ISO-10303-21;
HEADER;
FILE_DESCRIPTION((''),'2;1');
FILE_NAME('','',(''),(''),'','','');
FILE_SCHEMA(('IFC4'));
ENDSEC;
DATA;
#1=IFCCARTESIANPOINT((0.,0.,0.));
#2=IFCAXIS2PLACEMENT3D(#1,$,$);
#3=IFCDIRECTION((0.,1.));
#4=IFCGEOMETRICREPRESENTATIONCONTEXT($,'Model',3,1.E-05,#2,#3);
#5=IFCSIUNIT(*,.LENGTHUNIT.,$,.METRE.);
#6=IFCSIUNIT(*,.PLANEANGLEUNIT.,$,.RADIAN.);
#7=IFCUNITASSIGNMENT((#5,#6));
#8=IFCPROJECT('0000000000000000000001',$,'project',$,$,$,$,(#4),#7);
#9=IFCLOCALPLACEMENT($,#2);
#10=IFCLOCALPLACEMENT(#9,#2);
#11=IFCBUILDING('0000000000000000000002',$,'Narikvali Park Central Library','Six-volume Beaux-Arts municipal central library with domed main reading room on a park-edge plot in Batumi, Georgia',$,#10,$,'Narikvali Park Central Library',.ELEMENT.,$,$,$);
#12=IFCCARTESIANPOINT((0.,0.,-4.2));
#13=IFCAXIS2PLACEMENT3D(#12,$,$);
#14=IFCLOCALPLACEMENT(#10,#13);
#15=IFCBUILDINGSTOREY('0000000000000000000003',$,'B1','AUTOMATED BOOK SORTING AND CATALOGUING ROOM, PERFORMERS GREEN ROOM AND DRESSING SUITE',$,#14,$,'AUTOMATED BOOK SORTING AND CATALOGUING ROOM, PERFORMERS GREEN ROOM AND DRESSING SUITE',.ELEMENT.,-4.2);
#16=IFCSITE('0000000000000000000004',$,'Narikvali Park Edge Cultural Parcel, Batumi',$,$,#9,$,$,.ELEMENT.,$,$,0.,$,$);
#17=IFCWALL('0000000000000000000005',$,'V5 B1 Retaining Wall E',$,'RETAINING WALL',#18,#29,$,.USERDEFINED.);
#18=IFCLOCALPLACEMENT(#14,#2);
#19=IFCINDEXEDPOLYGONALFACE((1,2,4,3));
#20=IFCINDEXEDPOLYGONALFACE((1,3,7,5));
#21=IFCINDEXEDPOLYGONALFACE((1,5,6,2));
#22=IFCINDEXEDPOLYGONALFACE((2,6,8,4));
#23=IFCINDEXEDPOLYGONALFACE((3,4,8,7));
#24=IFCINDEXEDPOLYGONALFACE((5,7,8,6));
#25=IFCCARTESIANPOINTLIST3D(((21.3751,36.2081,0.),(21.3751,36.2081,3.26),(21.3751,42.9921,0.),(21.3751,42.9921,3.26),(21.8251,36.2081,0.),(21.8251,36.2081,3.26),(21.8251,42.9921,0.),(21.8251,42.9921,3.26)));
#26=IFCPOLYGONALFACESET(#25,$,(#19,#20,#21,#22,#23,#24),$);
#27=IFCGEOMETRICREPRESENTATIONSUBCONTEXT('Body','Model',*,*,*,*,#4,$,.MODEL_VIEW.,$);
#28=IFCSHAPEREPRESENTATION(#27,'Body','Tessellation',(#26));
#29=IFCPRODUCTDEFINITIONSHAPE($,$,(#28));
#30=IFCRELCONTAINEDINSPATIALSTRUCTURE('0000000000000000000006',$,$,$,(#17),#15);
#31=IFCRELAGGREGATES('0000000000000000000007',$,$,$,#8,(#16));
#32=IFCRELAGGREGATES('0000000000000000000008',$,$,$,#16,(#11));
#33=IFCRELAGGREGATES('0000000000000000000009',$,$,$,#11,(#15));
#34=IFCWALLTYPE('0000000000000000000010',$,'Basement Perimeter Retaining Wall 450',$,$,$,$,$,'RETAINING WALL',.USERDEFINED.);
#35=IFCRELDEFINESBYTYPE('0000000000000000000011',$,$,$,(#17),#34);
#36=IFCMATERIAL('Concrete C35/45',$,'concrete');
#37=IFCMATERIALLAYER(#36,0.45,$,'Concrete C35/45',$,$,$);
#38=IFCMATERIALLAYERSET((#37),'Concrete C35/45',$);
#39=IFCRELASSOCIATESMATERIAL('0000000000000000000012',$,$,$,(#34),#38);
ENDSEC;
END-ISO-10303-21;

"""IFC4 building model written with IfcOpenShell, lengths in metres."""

from ifc_helpers import new_model, si_unit, direction, frame, frame_2d, origin, place, context, subcontext, project, spatial, rectangle, extrude, material, layer, layer_set, type_object, element, save


model = new_model("IFC4")

# Units and contexts
model_context = context("Model", 3, precision=1e-05, world=origin(), true_north=direction((0.0, 1.0)))
body_context = subcontext(model_context, "Body", "Model", "MODEL_VIEW")
ifc_project = project(units=[si_unit("LENGTHUNIT", "METRE"), si_unit("PLANEANGLEUNIT", "RADIAN")], contexts=[model_context])

# Site, building, storey
site_placement = place(None, origin())
site = spatial("IfcSite", under=ifc_project, at=site_placement, Name="Narikvali Park Edge Cultural Parcel, Batumi", CompositionType="ELEMENT", RefElevation=0.0)
building_placement = place(site_placement, origin())
building = spatial("IfcBuilding", under=site, at=building_placement, Name="Narikvali Park Central Library", Description="Six-volume Beaux-Arts municipal central library with domed main reading room on a park-edge plot in Batumi, Georgia", LongName="Narikvali Park Central Library", CompositionType="ELEMENT")
storey_placement = place(building_placement, frame((0.0, 0.0, -4.2)))
storey = spatial("IfcBuildingStorey", under=building, at=storey_placement, Name="B1", Description="AUTOMATED BOOK SORTING AND CATALOGUING ROOM, PERFORMERS GREEN ROOM AND DRESSING SUITE", LongName="AUTOMATED BOOK SORTING AND CATALOGUING ROOM, PERFORMERS GREEN ROOM AND DRESSING SUITE", CompositionType="ELEMENT", Elevation=-4.2)

# Shared definitions
ifc_material_1 = material(Name="Concrete C35/45", Category="concrete")

# Wall
ifc_layer_1 = layer(ifc_material_1, 0.45, Name="Concrete C35/45")
ifc_layer_set_1 = layer_set([ifc_layer_1], Name="Concrete C35/45")
wall_type = type_object("IfcWallType", Name="Basement Perimeter Retaining Wall 450", ElementType="RETAINING WALL", PredefinedType="USERDEFINED", material=ifc_layer_set_1)
wall_1_placement = place(storey_placement, frame((21.6001, 36.208, 0.0), z_axis=(0.0, 0.0, 1.0), x_axis=(0.0, 1.0, 0.0)))
element("IfcWall", 1, at=wall_1_placement, inside=storey, type_object=wall_type, Name="V5 B1 Retaining Wall E", ObjectType="RETAINING WALL", PredefinedType="USERDEFINED", context=body_context, shape_type="SweptSolid", body=[
    extrude(rectangle(XDim=6.7839, YDim=0.45, at=frame_2d((3.3921, 0.0))), origin(), (0.0, 0.0, 1.0), 3.26),
])

save(model, "model.ifc")
